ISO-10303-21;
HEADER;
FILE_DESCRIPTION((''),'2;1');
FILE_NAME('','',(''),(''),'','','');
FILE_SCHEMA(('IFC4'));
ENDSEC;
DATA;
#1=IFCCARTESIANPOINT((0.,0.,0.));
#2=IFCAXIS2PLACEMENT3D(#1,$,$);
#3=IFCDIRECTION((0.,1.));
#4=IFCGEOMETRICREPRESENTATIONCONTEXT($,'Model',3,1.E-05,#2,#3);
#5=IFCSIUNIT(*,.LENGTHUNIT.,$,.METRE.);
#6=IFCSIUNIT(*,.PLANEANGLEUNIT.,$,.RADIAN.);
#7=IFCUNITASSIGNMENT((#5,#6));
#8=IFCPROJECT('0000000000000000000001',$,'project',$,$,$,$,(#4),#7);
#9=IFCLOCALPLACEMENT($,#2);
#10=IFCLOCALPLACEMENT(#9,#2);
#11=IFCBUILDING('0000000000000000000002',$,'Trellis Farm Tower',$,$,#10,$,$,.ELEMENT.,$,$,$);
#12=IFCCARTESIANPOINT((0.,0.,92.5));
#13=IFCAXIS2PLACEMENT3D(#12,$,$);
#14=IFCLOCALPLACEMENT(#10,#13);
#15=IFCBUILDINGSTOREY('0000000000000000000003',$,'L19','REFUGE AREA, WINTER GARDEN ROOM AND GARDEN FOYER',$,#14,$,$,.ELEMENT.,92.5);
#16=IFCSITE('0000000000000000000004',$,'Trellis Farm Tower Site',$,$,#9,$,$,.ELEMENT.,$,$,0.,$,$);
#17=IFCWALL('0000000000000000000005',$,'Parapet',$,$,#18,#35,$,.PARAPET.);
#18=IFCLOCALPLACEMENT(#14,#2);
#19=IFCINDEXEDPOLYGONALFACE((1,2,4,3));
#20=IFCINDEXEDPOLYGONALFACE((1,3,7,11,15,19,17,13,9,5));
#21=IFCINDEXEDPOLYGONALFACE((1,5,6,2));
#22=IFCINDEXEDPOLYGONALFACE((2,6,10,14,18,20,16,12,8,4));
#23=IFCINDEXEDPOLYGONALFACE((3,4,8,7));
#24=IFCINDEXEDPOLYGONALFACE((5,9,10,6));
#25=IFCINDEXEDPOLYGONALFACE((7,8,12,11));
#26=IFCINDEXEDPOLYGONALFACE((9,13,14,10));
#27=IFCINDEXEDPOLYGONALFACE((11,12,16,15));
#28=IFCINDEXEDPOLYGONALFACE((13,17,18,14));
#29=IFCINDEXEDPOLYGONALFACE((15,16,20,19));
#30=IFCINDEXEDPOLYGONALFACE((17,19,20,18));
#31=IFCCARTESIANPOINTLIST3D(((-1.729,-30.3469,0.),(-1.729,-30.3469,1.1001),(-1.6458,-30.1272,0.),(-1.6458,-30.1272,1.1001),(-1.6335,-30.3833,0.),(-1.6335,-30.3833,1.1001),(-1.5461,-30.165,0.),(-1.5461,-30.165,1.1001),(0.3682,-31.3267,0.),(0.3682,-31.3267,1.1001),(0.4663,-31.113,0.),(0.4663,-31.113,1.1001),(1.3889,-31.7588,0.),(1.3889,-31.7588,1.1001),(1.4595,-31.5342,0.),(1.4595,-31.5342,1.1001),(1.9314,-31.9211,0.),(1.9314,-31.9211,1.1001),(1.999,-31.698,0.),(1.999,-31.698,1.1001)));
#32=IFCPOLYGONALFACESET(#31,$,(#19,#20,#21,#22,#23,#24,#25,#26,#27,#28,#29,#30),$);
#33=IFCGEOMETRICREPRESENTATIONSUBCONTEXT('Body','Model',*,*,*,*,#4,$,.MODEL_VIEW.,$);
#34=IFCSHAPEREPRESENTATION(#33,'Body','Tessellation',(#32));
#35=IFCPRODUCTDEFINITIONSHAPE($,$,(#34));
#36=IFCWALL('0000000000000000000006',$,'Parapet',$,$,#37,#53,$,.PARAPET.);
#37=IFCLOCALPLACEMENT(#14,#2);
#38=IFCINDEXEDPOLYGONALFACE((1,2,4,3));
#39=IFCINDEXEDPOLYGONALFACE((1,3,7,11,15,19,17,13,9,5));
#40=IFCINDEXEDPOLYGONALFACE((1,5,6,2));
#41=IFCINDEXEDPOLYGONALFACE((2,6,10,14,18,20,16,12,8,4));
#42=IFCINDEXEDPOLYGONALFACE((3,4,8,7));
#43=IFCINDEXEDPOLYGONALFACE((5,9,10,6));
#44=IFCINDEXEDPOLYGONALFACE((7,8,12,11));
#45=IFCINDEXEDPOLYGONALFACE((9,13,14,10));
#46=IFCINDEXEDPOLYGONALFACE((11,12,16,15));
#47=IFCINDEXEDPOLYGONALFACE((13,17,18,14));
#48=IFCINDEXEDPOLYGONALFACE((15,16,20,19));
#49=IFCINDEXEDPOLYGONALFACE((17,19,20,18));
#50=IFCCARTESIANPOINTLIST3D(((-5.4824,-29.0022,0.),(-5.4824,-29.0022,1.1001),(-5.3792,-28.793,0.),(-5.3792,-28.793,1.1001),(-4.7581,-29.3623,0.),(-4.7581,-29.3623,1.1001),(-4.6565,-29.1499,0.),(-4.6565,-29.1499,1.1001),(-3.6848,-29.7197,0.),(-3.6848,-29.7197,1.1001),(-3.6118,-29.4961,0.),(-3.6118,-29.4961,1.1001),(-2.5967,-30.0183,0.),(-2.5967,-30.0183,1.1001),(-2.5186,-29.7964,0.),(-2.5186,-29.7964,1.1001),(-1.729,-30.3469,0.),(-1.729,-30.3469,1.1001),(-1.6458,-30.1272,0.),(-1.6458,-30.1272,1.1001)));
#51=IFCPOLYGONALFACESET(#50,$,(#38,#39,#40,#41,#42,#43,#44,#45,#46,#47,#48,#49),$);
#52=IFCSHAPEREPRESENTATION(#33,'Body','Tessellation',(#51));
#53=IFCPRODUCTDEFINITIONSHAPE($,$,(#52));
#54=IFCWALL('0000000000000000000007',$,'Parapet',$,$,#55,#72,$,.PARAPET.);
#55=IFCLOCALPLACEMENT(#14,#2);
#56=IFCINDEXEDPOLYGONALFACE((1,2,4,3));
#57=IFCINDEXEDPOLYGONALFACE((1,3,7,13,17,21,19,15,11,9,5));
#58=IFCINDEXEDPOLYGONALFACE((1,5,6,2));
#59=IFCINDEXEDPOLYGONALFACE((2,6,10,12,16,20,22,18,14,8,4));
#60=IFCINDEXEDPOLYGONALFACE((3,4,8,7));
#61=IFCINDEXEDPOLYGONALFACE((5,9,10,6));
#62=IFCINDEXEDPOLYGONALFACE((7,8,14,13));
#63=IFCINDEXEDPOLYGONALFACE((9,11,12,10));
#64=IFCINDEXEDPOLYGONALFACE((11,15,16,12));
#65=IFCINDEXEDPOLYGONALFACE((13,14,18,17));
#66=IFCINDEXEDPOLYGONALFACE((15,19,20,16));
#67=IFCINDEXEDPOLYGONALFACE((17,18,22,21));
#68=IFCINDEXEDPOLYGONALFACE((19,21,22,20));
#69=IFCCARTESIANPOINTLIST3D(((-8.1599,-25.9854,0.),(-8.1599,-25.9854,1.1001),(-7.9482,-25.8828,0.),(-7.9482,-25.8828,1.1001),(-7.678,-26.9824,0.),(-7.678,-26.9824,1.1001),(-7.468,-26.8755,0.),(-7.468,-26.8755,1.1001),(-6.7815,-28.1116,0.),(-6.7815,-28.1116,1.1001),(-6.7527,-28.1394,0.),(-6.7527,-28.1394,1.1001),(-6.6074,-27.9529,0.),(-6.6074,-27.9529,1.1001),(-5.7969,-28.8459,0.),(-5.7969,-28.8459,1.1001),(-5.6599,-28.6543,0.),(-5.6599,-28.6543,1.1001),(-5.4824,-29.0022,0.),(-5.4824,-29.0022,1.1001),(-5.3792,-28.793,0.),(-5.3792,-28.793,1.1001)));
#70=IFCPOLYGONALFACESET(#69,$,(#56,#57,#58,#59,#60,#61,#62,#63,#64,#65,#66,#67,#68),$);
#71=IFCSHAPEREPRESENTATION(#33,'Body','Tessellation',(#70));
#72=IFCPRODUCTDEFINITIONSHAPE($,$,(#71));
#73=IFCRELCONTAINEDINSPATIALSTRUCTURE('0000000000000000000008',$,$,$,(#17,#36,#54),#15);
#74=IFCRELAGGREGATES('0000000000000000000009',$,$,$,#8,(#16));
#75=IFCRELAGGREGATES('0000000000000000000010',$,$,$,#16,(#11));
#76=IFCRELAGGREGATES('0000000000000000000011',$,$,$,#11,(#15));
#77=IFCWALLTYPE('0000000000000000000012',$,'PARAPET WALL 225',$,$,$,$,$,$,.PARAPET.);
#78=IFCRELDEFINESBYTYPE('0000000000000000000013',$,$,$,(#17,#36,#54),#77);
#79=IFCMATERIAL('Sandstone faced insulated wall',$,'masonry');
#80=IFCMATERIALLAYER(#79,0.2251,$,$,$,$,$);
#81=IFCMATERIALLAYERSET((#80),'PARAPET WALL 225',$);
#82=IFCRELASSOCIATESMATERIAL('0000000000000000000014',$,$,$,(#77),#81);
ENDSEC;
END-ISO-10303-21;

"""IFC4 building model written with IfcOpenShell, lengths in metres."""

from ifc_helpers import new_model, si_unit, direction, frame, origin, place, context, subcontext, project, spatial, polyline, outline, extrude, material, layer, layer_set, type_object, element, save


model = new_model("IFC4")

# Units and contexts
model_context = context("Model", 3, precision=1e-05, world=origin(), true_north=direction((0.0, 1.0)))
body_context = subcontext(model_context, "Body", "Model", "MODEL_VIEW")
ifc_project = project(units=[si_unit("LENGTHUNIT", "METRE"), si_unit("PLANEANGLEUNIT", "RADIAN")], contexts=[model_context])

# Site, building, storey
site_placement = place(None, origin())
site = spatial("IfcSite", under=ifc_project, at=site_placement, Name="Trellis Farm Tower Site", CompositionType="ELEMENT", RefElevation=0.0)
building_placement = place(site_placement, origin())
building = spatial("IfcBuilding", under=site, at=building_placement, Name="Trellis Farm Tower", CompositionType="ELEMENT")
storey_placement = place(building_placement, frame((0.0, 0.0, 92.5)))
storey = spatial("IfcBuildingStorey", under=building, at=storey_placement, Name="L19", Description="REFUGE AREA, WINTER GARDEN ROOM AND GARDEN FOYER", CompositionType="ELEMENT", Elevation=92.5)

# Walls
ifc_material = material(Name="Sandstone faced insulated wall", Category="masonry")
ifc_layer = layer(ifc_material, 0.2251)
ifc_layer_set = layer_set([ifc_layer], Name="PARAPET WALL 225")
wall_type = type_object("IfcWallType", Name="PARAPET WALL 225", PredefinedType="PARAPET", material=ifc_layer_set)
placement = place(storey_placement, origin())
element("IfcWall", 1, at=placement, inside=storey, type_object=wall_type, Name="Parapet", PredefinedType="PARAPET", context=body_context, shape_type="SweptSolid", body=[
    extrude(outline(polyline([(1.9314, -31.9211), (1.3889, -31.7588), (0.3682, -31.3267), (-1.6335, -30.3833), (-1.729, -30.3469), (-1.6458, -30.1272), (-1.5461, -30.165), (0.4663, -31.113), (1.4595, -31.5342), (1.999, -31.698), (1.9314, -31.9211)])), origin(), (0.0, 0.0, 1.0), 1.1001),
])
element("IfcWall", 2, at=placement, inside=storey, type_object=wall_type, Name="Parapet", PredefinedType="PARAPET", context=body_context, shape_type="SweptSolid", body=[
    extrude(outline(polyline([(-1.729, -30.3469), (-2.5967, -30.0183), (-3.6848, -29.7197), (-4.7581, -29.3623), (-5.4824, -29.0022), (-5.3792, -28.793), (-4.6565, -29.1499), (-3.6118, -29.4961), (-2.5186, -29.7964), (-1.6458, -30.1272), (-1.729, -30.3469)])), origin(), (0.0, 0.0, 1.0), 1.1001),
])
element("IfcWall", 3, at=placement, inside=storey, type_object=wall_type, Name="Parapet", PredefinedType="PARAPET", context=body_context, shape_type="SweptSolid", body=[
    extrude(outline(polyline([(-5.4824, -29.0022), (-5.7969, -28.8459), (-6.7527, -28.1394), (-6.7815, -28.1116), (-7.678, -26.9824), (-8.1599, -25.9854), (-7.9482, -25.8828), (-7.468, -26.8755), (-6.6074, -27.9529), (-5.6599, -28.6543), (-5.3792, -28.793), (-5.4824, -29.0022)])), origin(), (0.0, 0.0, 1.0), 1.1001),
])

save(model, "model.ifc")
